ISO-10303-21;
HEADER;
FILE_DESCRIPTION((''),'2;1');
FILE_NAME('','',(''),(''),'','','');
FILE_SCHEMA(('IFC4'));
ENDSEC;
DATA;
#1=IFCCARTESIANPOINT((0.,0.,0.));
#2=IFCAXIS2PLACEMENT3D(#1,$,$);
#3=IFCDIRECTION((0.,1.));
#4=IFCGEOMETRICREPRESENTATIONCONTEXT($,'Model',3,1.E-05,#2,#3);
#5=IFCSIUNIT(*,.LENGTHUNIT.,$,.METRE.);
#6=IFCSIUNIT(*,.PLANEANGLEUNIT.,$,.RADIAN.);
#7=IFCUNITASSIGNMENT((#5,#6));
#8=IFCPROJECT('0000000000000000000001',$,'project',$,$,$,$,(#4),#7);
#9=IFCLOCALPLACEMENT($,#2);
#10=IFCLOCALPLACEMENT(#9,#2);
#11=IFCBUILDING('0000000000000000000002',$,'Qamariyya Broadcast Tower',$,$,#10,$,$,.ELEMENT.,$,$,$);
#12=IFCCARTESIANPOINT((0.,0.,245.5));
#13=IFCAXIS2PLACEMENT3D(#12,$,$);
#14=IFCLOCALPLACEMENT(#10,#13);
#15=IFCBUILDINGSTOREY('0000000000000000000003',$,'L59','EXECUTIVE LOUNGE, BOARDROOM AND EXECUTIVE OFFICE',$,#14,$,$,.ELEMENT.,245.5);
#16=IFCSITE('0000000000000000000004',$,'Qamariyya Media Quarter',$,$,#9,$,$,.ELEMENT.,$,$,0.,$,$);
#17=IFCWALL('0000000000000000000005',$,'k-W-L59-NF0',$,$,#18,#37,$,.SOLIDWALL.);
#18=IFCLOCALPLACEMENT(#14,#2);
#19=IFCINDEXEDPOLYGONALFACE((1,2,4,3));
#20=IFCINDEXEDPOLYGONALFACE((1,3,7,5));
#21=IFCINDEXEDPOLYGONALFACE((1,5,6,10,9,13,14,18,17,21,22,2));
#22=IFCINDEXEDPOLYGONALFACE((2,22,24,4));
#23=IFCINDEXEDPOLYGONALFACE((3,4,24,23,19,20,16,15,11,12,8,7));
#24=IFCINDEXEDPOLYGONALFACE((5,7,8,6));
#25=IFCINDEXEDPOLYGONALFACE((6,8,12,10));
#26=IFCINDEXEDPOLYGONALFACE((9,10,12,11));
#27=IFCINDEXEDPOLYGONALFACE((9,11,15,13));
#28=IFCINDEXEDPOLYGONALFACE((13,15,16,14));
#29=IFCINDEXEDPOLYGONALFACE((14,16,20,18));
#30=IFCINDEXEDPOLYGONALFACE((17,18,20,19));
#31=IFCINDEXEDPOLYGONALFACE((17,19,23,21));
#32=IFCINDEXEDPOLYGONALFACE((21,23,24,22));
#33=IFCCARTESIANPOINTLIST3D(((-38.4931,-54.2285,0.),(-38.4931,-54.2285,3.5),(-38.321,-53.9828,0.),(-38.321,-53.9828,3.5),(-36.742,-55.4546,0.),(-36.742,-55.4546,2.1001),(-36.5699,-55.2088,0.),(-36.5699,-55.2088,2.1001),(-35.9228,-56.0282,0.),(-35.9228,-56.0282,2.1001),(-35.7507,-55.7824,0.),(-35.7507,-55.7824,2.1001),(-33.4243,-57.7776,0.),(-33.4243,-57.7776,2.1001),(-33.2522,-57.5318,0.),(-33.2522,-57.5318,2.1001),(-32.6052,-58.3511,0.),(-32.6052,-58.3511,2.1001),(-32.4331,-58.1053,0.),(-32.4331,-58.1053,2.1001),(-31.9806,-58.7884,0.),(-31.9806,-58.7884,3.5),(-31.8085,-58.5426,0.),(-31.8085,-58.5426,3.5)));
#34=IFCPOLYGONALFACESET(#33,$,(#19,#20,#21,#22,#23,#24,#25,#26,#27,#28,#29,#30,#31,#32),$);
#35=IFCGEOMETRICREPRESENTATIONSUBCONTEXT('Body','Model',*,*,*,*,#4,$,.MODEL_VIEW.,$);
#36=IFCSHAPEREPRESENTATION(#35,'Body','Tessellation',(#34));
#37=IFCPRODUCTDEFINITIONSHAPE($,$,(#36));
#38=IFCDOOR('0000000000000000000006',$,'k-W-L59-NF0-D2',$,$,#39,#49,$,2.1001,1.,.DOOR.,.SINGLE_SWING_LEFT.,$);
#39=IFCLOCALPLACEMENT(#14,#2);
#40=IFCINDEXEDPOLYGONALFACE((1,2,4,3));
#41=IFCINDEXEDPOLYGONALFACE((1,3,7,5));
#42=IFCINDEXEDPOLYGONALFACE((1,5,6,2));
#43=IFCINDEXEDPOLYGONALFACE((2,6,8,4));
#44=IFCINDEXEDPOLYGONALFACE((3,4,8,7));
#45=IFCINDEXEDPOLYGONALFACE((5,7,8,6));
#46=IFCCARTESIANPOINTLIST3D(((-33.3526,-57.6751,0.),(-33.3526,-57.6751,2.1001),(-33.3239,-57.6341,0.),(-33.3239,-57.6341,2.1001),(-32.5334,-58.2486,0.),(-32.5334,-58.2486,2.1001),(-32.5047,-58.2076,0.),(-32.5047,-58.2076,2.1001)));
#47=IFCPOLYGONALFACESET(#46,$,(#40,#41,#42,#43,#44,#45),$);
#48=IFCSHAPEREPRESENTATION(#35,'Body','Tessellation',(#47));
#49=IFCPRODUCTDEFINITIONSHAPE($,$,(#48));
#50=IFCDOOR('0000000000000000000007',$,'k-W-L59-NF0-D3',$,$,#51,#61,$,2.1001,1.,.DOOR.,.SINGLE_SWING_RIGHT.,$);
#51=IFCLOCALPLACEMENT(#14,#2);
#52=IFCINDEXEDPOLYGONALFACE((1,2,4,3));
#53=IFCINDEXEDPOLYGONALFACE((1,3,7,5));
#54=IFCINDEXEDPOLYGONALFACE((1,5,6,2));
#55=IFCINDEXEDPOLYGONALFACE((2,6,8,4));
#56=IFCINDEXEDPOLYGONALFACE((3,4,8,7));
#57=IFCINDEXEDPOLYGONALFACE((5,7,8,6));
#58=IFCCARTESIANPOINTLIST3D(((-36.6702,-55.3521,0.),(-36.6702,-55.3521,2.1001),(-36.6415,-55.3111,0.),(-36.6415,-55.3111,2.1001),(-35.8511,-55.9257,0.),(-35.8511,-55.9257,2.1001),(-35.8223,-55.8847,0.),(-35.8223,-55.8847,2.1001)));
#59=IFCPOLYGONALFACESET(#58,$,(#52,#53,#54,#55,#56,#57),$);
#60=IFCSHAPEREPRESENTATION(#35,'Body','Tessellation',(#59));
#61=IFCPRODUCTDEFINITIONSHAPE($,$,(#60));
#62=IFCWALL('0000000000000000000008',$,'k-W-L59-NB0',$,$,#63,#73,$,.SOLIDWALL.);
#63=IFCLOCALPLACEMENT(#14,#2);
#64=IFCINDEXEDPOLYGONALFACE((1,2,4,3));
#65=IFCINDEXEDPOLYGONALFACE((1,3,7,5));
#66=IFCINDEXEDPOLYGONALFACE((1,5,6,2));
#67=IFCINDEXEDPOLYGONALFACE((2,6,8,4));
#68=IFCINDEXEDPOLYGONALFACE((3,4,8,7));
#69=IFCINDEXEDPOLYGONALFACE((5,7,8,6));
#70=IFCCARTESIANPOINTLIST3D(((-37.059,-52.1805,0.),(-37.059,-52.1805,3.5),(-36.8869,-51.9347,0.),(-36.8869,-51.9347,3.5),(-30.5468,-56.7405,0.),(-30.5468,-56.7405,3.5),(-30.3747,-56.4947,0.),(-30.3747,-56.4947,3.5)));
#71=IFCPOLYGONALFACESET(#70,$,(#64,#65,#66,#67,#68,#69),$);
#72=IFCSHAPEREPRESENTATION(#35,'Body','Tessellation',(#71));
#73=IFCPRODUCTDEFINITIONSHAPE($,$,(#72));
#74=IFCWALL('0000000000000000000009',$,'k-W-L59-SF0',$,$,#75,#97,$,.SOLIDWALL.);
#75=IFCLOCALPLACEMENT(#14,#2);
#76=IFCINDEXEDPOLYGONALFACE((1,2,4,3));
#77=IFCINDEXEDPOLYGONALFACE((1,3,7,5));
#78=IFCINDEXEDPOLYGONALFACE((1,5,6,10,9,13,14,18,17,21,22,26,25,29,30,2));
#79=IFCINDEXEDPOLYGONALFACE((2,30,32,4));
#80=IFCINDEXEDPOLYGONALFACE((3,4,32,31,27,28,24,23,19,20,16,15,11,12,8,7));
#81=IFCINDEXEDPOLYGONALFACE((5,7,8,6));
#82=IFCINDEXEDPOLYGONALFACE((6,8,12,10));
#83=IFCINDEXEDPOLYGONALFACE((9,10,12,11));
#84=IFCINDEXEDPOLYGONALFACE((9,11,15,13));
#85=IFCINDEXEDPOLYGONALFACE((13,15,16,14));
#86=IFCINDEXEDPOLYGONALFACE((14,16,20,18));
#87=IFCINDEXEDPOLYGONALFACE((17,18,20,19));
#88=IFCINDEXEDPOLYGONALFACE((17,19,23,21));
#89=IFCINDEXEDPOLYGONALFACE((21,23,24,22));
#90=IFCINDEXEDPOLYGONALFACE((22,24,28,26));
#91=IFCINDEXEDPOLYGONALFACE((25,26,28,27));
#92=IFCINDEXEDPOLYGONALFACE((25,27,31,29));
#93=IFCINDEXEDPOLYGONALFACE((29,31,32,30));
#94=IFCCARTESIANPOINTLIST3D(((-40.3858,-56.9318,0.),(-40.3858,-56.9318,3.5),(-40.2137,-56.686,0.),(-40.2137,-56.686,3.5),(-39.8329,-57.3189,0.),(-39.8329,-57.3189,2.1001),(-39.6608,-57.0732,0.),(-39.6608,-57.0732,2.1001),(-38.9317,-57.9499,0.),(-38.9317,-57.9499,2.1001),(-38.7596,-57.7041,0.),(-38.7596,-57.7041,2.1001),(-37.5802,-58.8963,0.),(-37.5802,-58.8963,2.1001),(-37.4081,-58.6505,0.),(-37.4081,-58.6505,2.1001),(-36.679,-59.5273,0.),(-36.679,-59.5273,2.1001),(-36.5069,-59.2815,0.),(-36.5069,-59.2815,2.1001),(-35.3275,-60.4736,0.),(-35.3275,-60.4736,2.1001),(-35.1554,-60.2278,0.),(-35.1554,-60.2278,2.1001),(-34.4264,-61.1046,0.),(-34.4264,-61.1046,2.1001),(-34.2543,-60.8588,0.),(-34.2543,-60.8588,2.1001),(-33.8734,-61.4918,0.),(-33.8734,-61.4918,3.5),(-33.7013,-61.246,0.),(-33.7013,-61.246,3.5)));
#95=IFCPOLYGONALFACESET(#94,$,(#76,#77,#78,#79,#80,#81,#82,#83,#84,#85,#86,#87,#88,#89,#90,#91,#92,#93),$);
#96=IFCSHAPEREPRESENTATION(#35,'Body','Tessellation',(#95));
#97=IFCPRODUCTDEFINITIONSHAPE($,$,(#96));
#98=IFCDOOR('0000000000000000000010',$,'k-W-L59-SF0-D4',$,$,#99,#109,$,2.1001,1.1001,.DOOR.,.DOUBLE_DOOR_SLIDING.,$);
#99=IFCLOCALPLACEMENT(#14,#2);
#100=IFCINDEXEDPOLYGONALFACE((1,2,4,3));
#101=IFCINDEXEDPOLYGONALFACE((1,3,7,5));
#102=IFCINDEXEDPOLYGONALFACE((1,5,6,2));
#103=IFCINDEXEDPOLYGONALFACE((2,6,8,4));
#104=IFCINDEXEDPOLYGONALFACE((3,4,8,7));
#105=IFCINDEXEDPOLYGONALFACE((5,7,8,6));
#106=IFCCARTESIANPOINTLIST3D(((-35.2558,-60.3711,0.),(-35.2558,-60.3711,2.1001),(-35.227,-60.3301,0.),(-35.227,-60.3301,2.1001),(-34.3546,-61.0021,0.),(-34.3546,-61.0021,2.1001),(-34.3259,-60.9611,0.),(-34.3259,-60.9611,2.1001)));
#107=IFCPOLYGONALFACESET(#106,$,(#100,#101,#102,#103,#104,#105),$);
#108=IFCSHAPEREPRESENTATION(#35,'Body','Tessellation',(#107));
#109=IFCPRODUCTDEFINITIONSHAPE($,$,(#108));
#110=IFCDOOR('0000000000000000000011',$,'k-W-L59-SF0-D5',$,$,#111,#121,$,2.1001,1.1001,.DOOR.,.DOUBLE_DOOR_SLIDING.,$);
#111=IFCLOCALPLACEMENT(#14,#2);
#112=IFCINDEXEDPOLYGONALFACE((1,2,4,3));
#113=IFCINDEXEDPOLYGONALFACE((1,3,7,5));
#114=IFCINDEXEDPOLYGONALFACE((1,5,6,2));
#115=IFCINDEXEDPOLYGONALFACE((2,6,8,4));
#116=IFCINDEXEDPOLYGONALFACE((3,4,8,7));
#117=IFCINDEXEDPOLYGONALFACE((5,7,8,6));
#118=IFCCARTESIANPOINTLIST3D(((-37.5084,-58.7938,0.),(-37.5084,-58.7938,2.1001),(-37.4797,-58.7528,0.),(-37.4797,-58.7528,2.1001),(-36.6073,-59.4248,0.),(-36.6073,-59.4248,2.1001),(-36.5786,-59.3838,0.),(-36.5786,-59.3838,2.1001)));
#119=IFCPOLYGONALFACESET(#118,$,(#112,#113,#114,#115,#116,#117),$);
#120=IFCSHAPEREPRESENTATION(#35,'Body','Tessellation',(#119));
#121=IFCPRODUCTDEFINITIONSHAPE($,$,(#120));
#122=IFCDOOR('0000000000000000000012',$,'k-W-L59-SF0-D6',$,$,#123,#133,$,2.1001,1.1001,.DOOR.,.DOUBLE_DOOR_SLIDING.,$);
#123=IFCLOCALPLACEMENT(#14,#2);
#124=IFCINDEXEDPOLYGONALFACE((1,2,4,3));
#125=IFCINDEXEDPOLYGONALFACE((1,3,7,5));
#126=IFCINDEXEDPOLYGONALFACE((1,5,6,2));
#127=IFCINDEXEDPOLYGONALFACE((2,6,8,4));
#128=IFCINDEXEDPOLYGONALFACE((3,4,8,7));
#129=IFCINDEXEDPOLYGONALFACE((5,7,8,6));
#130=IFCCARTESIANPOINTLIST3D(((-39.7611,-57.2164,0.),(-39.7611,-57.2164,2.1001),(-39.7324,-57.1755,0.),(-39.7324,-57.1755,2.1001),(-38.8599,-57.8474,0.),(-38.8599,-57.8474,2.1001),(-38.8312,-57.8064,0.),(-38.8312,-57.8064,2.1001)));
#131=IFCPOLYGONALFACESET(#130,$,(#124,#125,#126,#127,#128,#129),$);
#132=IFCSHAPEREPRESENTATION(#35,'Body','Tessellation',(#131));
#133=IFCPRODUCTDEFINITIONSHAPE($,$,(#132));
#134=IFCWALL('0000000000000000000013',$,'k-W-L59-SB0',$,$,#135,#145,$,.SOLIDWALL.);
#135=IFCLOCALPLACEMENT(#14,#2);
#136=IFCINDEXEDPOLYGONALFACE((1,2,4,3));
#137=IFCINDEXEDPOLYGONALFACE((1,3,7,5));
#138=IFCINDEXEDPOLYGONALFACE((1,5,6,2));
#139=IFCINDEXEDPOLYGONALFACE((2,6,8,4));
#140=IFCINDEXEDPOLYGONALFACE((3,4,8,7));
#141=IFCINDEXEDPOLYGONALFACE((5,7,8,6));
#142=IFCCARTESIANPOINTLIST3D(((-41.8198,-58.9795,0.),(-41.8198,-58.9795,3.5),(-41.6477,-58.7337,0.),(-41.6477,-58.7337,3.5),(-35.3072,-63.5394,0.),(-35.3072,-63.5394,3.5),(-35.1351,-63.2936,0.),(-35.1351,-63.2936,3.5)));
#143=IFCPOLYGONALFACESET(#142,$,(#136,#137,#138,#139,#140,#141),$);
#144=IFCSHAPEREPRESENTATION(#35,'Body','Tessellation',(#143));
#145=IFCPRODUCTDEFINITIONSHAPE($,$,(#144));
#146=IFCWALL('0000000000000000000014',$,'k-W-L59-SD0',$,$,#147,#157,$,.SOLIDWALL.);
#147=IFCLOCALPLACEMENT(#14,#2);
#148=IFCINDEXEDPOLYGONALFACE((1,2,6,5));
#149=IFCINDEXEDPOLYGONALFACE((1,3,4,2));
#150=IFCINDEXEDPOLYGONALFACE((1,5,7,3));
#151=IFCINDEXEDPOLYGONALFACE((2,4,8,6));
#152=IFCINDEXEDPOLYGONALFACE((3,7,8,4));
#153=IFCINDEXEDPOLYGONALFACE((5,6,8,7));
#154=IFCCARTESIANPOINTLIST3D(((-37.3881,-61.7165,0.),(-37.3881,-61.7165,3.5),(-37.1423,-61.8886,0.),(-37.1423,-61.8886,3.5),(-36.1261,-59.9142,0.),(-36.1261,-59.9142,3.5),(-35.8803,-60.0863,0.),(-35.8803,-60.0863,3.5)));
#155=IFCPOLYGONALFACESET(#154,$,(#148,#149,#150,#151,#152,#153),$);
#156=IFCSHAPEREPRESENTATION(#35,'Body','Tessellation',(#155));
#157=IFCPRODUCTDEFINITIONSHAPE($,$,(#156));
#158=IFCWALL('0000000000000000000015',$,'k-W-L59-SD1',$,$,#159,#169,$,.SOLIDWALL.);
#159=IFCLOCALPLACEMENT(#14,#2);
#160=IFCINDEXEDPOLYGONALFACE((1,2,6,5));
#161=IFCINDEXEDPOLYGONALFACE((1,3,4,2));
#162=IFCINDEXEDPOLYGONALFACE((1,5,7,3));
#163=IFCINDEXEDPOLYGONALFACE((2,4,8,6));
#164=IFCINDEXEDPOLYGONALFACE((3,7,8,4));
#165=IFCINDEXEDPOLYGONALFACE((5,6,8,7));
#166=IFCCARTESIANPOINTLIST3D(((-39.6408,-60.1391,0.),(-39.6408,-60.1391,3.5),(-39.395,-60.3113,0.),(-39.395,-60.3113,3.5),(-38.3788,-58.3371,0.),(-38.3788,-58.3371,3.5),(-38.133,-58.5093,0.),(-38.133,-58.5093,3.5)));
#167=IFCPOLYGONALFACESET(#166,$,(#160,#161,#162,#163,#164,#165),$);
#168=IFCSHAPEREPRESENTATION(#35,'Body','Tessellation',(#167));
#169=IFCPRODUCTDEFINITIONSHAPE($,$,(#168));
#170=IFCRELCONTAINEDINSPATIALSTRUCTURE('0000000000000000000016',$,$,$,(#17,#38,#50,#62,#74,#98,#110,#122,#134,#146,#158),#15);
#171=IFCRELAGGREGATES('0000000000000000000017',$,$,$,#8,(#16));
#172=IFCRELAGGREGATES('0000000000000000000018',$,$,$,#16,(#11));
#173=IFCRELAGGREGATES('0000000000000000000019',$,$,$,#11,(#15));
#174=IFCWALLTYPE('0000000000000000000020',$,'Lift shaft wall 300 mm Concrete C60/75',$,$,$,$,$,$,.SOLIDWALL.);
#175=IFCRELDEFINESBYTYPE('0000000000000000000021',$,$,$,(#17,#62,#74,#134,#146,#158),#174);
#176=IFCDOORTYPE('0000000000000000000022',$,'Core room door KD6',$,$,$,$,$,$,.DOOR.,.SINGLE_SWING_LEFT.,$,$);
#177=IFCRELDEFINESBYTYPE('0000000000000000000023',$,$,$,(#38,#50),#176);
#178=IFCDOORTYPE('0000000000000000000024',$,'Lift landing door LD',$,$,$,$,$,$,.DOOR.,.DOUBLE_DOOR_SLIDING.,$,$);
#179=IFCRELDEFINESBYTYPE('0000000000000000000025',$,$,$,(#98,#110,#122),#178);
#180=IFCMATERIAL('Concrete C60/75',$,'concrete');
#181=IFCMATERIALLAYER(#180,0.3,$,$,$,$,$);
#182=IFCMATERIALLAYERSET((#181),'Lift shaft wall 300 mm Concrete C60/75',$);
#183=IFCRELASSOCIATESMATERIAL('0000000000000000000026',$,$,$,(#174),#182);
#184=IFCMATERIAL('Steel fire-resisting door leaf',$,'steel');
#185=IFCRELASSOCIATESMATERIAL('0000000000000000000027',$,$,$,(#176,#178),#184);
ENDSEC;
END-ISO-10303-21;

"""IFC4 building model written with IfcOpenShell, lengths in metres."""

from ifc_helpers import new_model, si_unit, direction, frame, frame_2d, origin, place, context, subcontext, project, spatial, rectangle, extrude, material, layer, layer_set, type_object, element, fill, save


model = new_model("IFC4")

# Units and contexts
model_context = context("Model", 3, precision=1e-05, world=origin(), true_north=direction((0.0, 1.0)))
body_context = subcontext(model_context, "Body", "Model", "MODEL_VIEW")
ifc_project = project(units=[si_unit("LENGTHUNIT", "METRE"), si_unit("PLANEANGLEUNIT", "RADIAN")], contexts=[model_context])

# Site, building, storey
site_placement = place(None, origin())
site = spatial("IfcSite", under=ifc_project, at=site_placement, Name="Qamariyya Media Quarter", CompositionType="ELEMENT", RefElevation=0.0)
building_placement = place(site_placement, origin())
building = spatial("IfcBuilding", under=site, at=building_placement, Name="Qamariyya Broadcast Tower", CompositionType="ELEMENT")
storey_placement = place(building_placement, frame((0.0, 0.0, 245.5)))
storey = spatial("IfcBuildingStorey", under=building, at=storey_placement, Name="L59", Description="EXECUTIVE LOUNGE, BOARDROOM AND EXECUTIVE OFFICE", CompositionType="ELEMENT", Elevation=245.5)

# Shared definitions
ifc_material_1 = material(Name="Concrete C60/75", Category="concrete")

# Shared definitions
ifc_material_2 = material(Name="Steel fire-resisting door leaf", Category="steel")

# Wall, openings, doors
ifc_layer_1 = layer(ifc_material_1, 0.3)
ifc_layer_set_1 = layer_set([ifc_layer_1], Name="Lift shaft wall 300 mm Concrete C60/75")
wall_type_1 = type_object("IfcWallType", Name="Lift shaft wall 300 mm Concrete C60/75", PredefinedType="SOLIDWALL", material=ifc_layer_set_1)
wall_1_placement = place(storey_placement, frame((-31.8945, -58.6655, 0.0), z_axis=(0.0, 0.0, 1.0), x_axis=(-0.819167, 0.573555, 0.0)))
wall_1 = element("IfcWall", 1, at=wall_1_placement, inside=storey, type_object=wall_type_1, Name="k-W-L59-NF0", PredefinedType="SOLIDWALL", context=body_context, shape_type="SweptSolid", body=[
    extrude(rectangle(XDim=7.9502, YDim=0.3, at=frame_2d((3.9751, 0.0))), origin(), (0.0, 0.0, 1.0), 3.5),
])
opening_1_placement = place(wall_1_placement, frame((0.7625, 0.0, 0.0)))
opening_1 = element("IfcOpeningElement", 2, at=opening_1_placement, cuts=wall_1, PredefinedType="OPENING", context=body_context, shape_type="SweptSolid", body=[
    extrude(rectangle(XDim=1.0, YDim=2.1001, at=frame_2d((0.5, 1.05))), frame((0.0, 0.1599, 0.0), z_axis=(0.0, -1.0, 0.0), x_axis=(1.0, 0.0, 0.0)), (0.0, 0.0, 1.0), 0.3201),
])
opening_2_placement = place(wall_1_placement, frame((4.8125, 0.0, 0.0)))
opening_2 = element("IfcOpeningElement", 3, at=opening_2_placement, cuts=wall_1, PredefinedType="OPENING", context=body_context, shape_type="SweptSolid", body=[
    extrude(rectangle(XDim=1.0, YDim=2.1001, at=frame_2d((0.5, 1.05))), frame((0.0, 0.1599, 0.0), z_axis=(0.0, -1.0, 0.0), x_axis=(1.0, 0.0, 0.0)), (0.0, 0.0, 1.0), 0.3201),
])
door_type_1 = type_object("IfcDoorType", Name="Core room door KD6", OperationType="SINGLE_SWING_LEFT", PredefinedType="DOOR", material=ifc_material_2)
door_1_placement = place(opening_1_placement, origin())
door_1 = element("IfcDoor", 4, at=door_1_placement, inside=storey, type_object=door_type_1, Name="k-W-L59-NF0-D2", OperationType="SINGLE_SWING_LEFT", OverallHeight=2.1001, OverallWidth=1.0, PredefinedType="DOOR", context=body_context, shape_type="SweptSolid", body=[
    extrude(rectangle(XDim=1.0, YDim=2.1001, at=frame_2d((0.5, 1.05))), frame((0.0, 0.0249, 0.0), z_axis=(0.0, -1.0, 0.0), x_axis=(1.0, 0.0, 0.0)), (0.0, 0.0, 1.0), 0.05),
])
fill(opening_1, door_1)
door_2_placement = place(opening_2_placement, origin())
door_2 = element("IfcDoor", 5, at=door_2_placement, inside=storey, type_object=door_type_1, Name="k-W-L59-NF0-D3", OperationType="SINGLE_SWING_RIGHT", OverallHeight=2.1001, OverallWidth=1.0, PredefinedType="DOOR", context=body_context, shape_type="SweptSolid", body=[
    extrude(rectangle(XDim=1.0, YDim=2.1001, at=frame_2d((0.5, 1.05))), frame((0.0, 0.0249, 0.0), z_axis=(0.0, -1.0, 0.0), x_axis=(1.0, 0.0, 0.0)), (0.0, 0.0, 1.0), 0.05),
])
fill(opening_2, door_2)

# Wall
wall_2_placement = place(storey_placement, frame((-30.4607, -56.6177, 0.0), z_axis=(0.0, 0.0, 1.0), x_axis=(-0.819142, 0.57359, 0.0)))
element("IfcWall", 6, at=wall_2_placement, inside=storey, type_object=wall_type_1, Name="k-W-L59-NB0", PredefinedType="SOLIDWALL", context=body_context, shape_type="SweptSolid", body=[
    extrude(rectangle(XDim=7.95, YDim=0.3, at=frame_2d((3.9751, 0.0))), origin(), (0.0, 0.0, 1.0), 3.5),
])

# Wall, openings, doors
wall_3_placement = place(storey_placement, frame((-33.7874, -61.3689, 0.0), z_axis=(0.0, 0.0, 1.0), x_axis=(-0.819153, 0.573576, 0.0)))
wall_3 = element("IfcWall", 7, at=wall_3_placement, inside=storey, type_object=wall_type_1, Name="k-W-L59-SF0", PredefinedType="SOLIDWALL", context=body_context, shape_type="SweptSolid", body=[
    extrude(rectangle(XDim=7.9502, YDim=0.3, at=frame_2d((3.9751, 0.0))), origin(), (0.0, 0.0, 1.0), 3.5),
])
opening_3_placement = place(wall_3_placement, frame((0.675, 0.0, 0.0)))
opening_3 = element("IfcOpeningElement", 8, at=opening_3_placement, cuts=wall_3, PredefinedType="OPENING", context=body_context, shape_type="SweptSolid", body=[
    extrude(rectangle(XDim=1.1001, YDim=2.1001, at=frame_2d((0.55, 1.05))), frame((0.0, 0.1599, 0.0), z_axis=(0.0, -1.0, 0.0), x_axis=(1.0, 0.0, 0.0)), (0.0, 0.0, 1.0), 0.3201),
])
opening_4_placement = place(wall_3_placement, frame((3.425, 0.0, 0.0)))
opening_4 = element("IfcOpeningElement", 9, at=opening_4_placement, cuts=wall_3, PredefinedType="OPENING", context=body_context, shape_type="SweptSolid", body=[
    extrude(rectangle(XDim=1.1001, YDim=2.1001, at=frame_2d((0.55, 1.05))), frame((0.0, 0.1599, 0.0), z_axis=(0.0, -1.0, 0.0), x_axis=(1.0, 0.0, 0.0)), (0.0, 0.0, 1.0), 0.3201),
])
opening_5_placement = place(wall_3_placement, frame((6.175, 0.0, 0.0)))
opening_5 = element("IfcOpeningElement", 10, at=opening_5_placement, cuts=wall_3, PredefinedType="OPENING", context=body_context, shape_type="SweptSolid", body=[
    extrude(rectangle(XDim=1.1001, YDim=2.1001, at=frame_2d((0.55, 1.05))), frame((0.0, 0.1599, 0.0), z_axis=(0.0, -1.0, 0.0), x_axis=(1.0, 0.0, 0.0)), (0.0, 0.0, 1.0), 0.3201),
])
door_type_2 = type_object("IfcDoorType", Name="Lift landing door LD", OperationType="DOUBLE_DOOR_SLIDING", PredefinedType="DOOR", material=ifc_material_2)
door_3_placement = place(opening_3_placement, origin())
door_3 = element("IfcDoor", 11, at=door_3_placement, inside=storey, type_object=door_type_2, Name="k-W-L59-SF0-D4", OperationType="DOUBLE_DOOR_SLIDING", OverallHeight=2.1001, OverallWidth=1.1001, PredefinedType="DOOR", context=body_context, shape_type="SweptSolid", body=[
    extrude(rectangle(XDim=1.1001, YDim=2.1001, at=frame_2d((0.55, 1.05))), frame((0.0, 0.0249, 0.0), z_axis=(0.0, -1.0, 0.0), x_axis=(1.0, 0.0, 0.0)), (0.0, 0.0, 1.0), 0.05),
])
fill(opening_3, door_3)
door_4_placement = place(opening_4_placement, origin())
door_4 = element("IfcDoor", 12, at=door_4_placement, inside=storey, type_object=door_type_2, Name="k-W-L59-SF0-D5", OperationType="DOUBLE_DOOR_SLIDING", OverallHeight=2.1001, OverallWidth=1.1001, PredefinedType="DOOR", context=body_context, shape_type="SweptSolid", body=[
    extrude(rectangle(XDim=1.1001, YDim=2.1001, at=frame_2d((0.55, 1.05))), frame((0.0, 0.0249, 0.0), z_axis=(0.0, -1.0, 0.0), x_axis=(1.0, 0.0, 0.0)), (0.0, 0.0, 1.0), 0.05),
])
fill(opening_4, door_4)
door_5_placement = place(opening_5_placement, origin())
door_5 = element("IfcDoor", 13, at=door_5_placement, inside=storey, type_object=door_type_2, Name="k-W-L59-SF0-D6", OperationType="DOUBLE_DOOR_SLIDING", OverallHeight=2.1001, OverallWidth=1.1001, PredefinedType="DOOR", context=body_context, shape_type="SweptSolid", body=[
    extrude(rectangle(XDim=1.1001, YDim=2.1001, at=frame_2d((0.55, 1.05))), frame((0.0, 0.0249, 0.0), z_axis=(0.0, -1.0, 0.0), x_axis=(1.0, 0.0, 0.0)), (0.0, 0.0, 1.0), 0.05),
])
fill(opening_5, door_5)

# Walls
wall_4_placement = place(storey_placement, frame((-35.2212, -63.4165, 0.0), z_axis=(0.0, 0.0, 1.0), x_axis=(-0.819167, 0.573555, 0.0)))
element("IfcWall", 14, at=wall_4_placement, inside=storey, type_object=wall_type_1, Name="k-W-L59-SB0", PredefinedType="SOLIDWALL", context=body_context, shape_type="SweptSolid", body=[
    extrude(rectangle(XDim=7.9502, YDim=0.3, at=frame_2d((3.9751, 0.0))), origin(), (0.0, 0.0, 1.0), 3.5),
])
wall_5_placement = place(storey_placement, frame((-36.0032, -60.0002, 0.0), z_axis=(0.0, 0.0, 1.0), x_axis=(-0.573581, -0.819149, 0.0)))
element("IfcWall", 15, at=wall_5_placement, inside=storey, type_object=wall_type_1, Name="k-W-L59-SD0", PredefinedType="SOLIDWALL", context=body_context, shape_type="SweptSolid", body=[
    extrude(rectangle(XDim=2.2002, YDim=0.3, at=frame_2d((1.1001, 0.0))), origin(), (0.0, 0.0, 1.0), 3.5),
])
wall_6_placement = place(storey_placement, frame((-38.2559, -58.4231, 0.0), z_axis=(0.0, 0.0, 1.0), x_axis=(-0.573634, -0.819112, 0.0)))
element("IfcWall", 16, at=wall_6_placement, inside=storey, type_object=wall_type_1, Name="k-W-L59-SD1", PredefinedType="SOLIDWALL", context=body_context, shape_type="SweptSolid", body=[
    extrude(rectangle(XDim=2.2, YDim=0.3, at=frame_2d((1.1001, 0.0))), origin(), (0.0, 0.0, 1.0), 3.5),
])

save(model, "model.ifc")
